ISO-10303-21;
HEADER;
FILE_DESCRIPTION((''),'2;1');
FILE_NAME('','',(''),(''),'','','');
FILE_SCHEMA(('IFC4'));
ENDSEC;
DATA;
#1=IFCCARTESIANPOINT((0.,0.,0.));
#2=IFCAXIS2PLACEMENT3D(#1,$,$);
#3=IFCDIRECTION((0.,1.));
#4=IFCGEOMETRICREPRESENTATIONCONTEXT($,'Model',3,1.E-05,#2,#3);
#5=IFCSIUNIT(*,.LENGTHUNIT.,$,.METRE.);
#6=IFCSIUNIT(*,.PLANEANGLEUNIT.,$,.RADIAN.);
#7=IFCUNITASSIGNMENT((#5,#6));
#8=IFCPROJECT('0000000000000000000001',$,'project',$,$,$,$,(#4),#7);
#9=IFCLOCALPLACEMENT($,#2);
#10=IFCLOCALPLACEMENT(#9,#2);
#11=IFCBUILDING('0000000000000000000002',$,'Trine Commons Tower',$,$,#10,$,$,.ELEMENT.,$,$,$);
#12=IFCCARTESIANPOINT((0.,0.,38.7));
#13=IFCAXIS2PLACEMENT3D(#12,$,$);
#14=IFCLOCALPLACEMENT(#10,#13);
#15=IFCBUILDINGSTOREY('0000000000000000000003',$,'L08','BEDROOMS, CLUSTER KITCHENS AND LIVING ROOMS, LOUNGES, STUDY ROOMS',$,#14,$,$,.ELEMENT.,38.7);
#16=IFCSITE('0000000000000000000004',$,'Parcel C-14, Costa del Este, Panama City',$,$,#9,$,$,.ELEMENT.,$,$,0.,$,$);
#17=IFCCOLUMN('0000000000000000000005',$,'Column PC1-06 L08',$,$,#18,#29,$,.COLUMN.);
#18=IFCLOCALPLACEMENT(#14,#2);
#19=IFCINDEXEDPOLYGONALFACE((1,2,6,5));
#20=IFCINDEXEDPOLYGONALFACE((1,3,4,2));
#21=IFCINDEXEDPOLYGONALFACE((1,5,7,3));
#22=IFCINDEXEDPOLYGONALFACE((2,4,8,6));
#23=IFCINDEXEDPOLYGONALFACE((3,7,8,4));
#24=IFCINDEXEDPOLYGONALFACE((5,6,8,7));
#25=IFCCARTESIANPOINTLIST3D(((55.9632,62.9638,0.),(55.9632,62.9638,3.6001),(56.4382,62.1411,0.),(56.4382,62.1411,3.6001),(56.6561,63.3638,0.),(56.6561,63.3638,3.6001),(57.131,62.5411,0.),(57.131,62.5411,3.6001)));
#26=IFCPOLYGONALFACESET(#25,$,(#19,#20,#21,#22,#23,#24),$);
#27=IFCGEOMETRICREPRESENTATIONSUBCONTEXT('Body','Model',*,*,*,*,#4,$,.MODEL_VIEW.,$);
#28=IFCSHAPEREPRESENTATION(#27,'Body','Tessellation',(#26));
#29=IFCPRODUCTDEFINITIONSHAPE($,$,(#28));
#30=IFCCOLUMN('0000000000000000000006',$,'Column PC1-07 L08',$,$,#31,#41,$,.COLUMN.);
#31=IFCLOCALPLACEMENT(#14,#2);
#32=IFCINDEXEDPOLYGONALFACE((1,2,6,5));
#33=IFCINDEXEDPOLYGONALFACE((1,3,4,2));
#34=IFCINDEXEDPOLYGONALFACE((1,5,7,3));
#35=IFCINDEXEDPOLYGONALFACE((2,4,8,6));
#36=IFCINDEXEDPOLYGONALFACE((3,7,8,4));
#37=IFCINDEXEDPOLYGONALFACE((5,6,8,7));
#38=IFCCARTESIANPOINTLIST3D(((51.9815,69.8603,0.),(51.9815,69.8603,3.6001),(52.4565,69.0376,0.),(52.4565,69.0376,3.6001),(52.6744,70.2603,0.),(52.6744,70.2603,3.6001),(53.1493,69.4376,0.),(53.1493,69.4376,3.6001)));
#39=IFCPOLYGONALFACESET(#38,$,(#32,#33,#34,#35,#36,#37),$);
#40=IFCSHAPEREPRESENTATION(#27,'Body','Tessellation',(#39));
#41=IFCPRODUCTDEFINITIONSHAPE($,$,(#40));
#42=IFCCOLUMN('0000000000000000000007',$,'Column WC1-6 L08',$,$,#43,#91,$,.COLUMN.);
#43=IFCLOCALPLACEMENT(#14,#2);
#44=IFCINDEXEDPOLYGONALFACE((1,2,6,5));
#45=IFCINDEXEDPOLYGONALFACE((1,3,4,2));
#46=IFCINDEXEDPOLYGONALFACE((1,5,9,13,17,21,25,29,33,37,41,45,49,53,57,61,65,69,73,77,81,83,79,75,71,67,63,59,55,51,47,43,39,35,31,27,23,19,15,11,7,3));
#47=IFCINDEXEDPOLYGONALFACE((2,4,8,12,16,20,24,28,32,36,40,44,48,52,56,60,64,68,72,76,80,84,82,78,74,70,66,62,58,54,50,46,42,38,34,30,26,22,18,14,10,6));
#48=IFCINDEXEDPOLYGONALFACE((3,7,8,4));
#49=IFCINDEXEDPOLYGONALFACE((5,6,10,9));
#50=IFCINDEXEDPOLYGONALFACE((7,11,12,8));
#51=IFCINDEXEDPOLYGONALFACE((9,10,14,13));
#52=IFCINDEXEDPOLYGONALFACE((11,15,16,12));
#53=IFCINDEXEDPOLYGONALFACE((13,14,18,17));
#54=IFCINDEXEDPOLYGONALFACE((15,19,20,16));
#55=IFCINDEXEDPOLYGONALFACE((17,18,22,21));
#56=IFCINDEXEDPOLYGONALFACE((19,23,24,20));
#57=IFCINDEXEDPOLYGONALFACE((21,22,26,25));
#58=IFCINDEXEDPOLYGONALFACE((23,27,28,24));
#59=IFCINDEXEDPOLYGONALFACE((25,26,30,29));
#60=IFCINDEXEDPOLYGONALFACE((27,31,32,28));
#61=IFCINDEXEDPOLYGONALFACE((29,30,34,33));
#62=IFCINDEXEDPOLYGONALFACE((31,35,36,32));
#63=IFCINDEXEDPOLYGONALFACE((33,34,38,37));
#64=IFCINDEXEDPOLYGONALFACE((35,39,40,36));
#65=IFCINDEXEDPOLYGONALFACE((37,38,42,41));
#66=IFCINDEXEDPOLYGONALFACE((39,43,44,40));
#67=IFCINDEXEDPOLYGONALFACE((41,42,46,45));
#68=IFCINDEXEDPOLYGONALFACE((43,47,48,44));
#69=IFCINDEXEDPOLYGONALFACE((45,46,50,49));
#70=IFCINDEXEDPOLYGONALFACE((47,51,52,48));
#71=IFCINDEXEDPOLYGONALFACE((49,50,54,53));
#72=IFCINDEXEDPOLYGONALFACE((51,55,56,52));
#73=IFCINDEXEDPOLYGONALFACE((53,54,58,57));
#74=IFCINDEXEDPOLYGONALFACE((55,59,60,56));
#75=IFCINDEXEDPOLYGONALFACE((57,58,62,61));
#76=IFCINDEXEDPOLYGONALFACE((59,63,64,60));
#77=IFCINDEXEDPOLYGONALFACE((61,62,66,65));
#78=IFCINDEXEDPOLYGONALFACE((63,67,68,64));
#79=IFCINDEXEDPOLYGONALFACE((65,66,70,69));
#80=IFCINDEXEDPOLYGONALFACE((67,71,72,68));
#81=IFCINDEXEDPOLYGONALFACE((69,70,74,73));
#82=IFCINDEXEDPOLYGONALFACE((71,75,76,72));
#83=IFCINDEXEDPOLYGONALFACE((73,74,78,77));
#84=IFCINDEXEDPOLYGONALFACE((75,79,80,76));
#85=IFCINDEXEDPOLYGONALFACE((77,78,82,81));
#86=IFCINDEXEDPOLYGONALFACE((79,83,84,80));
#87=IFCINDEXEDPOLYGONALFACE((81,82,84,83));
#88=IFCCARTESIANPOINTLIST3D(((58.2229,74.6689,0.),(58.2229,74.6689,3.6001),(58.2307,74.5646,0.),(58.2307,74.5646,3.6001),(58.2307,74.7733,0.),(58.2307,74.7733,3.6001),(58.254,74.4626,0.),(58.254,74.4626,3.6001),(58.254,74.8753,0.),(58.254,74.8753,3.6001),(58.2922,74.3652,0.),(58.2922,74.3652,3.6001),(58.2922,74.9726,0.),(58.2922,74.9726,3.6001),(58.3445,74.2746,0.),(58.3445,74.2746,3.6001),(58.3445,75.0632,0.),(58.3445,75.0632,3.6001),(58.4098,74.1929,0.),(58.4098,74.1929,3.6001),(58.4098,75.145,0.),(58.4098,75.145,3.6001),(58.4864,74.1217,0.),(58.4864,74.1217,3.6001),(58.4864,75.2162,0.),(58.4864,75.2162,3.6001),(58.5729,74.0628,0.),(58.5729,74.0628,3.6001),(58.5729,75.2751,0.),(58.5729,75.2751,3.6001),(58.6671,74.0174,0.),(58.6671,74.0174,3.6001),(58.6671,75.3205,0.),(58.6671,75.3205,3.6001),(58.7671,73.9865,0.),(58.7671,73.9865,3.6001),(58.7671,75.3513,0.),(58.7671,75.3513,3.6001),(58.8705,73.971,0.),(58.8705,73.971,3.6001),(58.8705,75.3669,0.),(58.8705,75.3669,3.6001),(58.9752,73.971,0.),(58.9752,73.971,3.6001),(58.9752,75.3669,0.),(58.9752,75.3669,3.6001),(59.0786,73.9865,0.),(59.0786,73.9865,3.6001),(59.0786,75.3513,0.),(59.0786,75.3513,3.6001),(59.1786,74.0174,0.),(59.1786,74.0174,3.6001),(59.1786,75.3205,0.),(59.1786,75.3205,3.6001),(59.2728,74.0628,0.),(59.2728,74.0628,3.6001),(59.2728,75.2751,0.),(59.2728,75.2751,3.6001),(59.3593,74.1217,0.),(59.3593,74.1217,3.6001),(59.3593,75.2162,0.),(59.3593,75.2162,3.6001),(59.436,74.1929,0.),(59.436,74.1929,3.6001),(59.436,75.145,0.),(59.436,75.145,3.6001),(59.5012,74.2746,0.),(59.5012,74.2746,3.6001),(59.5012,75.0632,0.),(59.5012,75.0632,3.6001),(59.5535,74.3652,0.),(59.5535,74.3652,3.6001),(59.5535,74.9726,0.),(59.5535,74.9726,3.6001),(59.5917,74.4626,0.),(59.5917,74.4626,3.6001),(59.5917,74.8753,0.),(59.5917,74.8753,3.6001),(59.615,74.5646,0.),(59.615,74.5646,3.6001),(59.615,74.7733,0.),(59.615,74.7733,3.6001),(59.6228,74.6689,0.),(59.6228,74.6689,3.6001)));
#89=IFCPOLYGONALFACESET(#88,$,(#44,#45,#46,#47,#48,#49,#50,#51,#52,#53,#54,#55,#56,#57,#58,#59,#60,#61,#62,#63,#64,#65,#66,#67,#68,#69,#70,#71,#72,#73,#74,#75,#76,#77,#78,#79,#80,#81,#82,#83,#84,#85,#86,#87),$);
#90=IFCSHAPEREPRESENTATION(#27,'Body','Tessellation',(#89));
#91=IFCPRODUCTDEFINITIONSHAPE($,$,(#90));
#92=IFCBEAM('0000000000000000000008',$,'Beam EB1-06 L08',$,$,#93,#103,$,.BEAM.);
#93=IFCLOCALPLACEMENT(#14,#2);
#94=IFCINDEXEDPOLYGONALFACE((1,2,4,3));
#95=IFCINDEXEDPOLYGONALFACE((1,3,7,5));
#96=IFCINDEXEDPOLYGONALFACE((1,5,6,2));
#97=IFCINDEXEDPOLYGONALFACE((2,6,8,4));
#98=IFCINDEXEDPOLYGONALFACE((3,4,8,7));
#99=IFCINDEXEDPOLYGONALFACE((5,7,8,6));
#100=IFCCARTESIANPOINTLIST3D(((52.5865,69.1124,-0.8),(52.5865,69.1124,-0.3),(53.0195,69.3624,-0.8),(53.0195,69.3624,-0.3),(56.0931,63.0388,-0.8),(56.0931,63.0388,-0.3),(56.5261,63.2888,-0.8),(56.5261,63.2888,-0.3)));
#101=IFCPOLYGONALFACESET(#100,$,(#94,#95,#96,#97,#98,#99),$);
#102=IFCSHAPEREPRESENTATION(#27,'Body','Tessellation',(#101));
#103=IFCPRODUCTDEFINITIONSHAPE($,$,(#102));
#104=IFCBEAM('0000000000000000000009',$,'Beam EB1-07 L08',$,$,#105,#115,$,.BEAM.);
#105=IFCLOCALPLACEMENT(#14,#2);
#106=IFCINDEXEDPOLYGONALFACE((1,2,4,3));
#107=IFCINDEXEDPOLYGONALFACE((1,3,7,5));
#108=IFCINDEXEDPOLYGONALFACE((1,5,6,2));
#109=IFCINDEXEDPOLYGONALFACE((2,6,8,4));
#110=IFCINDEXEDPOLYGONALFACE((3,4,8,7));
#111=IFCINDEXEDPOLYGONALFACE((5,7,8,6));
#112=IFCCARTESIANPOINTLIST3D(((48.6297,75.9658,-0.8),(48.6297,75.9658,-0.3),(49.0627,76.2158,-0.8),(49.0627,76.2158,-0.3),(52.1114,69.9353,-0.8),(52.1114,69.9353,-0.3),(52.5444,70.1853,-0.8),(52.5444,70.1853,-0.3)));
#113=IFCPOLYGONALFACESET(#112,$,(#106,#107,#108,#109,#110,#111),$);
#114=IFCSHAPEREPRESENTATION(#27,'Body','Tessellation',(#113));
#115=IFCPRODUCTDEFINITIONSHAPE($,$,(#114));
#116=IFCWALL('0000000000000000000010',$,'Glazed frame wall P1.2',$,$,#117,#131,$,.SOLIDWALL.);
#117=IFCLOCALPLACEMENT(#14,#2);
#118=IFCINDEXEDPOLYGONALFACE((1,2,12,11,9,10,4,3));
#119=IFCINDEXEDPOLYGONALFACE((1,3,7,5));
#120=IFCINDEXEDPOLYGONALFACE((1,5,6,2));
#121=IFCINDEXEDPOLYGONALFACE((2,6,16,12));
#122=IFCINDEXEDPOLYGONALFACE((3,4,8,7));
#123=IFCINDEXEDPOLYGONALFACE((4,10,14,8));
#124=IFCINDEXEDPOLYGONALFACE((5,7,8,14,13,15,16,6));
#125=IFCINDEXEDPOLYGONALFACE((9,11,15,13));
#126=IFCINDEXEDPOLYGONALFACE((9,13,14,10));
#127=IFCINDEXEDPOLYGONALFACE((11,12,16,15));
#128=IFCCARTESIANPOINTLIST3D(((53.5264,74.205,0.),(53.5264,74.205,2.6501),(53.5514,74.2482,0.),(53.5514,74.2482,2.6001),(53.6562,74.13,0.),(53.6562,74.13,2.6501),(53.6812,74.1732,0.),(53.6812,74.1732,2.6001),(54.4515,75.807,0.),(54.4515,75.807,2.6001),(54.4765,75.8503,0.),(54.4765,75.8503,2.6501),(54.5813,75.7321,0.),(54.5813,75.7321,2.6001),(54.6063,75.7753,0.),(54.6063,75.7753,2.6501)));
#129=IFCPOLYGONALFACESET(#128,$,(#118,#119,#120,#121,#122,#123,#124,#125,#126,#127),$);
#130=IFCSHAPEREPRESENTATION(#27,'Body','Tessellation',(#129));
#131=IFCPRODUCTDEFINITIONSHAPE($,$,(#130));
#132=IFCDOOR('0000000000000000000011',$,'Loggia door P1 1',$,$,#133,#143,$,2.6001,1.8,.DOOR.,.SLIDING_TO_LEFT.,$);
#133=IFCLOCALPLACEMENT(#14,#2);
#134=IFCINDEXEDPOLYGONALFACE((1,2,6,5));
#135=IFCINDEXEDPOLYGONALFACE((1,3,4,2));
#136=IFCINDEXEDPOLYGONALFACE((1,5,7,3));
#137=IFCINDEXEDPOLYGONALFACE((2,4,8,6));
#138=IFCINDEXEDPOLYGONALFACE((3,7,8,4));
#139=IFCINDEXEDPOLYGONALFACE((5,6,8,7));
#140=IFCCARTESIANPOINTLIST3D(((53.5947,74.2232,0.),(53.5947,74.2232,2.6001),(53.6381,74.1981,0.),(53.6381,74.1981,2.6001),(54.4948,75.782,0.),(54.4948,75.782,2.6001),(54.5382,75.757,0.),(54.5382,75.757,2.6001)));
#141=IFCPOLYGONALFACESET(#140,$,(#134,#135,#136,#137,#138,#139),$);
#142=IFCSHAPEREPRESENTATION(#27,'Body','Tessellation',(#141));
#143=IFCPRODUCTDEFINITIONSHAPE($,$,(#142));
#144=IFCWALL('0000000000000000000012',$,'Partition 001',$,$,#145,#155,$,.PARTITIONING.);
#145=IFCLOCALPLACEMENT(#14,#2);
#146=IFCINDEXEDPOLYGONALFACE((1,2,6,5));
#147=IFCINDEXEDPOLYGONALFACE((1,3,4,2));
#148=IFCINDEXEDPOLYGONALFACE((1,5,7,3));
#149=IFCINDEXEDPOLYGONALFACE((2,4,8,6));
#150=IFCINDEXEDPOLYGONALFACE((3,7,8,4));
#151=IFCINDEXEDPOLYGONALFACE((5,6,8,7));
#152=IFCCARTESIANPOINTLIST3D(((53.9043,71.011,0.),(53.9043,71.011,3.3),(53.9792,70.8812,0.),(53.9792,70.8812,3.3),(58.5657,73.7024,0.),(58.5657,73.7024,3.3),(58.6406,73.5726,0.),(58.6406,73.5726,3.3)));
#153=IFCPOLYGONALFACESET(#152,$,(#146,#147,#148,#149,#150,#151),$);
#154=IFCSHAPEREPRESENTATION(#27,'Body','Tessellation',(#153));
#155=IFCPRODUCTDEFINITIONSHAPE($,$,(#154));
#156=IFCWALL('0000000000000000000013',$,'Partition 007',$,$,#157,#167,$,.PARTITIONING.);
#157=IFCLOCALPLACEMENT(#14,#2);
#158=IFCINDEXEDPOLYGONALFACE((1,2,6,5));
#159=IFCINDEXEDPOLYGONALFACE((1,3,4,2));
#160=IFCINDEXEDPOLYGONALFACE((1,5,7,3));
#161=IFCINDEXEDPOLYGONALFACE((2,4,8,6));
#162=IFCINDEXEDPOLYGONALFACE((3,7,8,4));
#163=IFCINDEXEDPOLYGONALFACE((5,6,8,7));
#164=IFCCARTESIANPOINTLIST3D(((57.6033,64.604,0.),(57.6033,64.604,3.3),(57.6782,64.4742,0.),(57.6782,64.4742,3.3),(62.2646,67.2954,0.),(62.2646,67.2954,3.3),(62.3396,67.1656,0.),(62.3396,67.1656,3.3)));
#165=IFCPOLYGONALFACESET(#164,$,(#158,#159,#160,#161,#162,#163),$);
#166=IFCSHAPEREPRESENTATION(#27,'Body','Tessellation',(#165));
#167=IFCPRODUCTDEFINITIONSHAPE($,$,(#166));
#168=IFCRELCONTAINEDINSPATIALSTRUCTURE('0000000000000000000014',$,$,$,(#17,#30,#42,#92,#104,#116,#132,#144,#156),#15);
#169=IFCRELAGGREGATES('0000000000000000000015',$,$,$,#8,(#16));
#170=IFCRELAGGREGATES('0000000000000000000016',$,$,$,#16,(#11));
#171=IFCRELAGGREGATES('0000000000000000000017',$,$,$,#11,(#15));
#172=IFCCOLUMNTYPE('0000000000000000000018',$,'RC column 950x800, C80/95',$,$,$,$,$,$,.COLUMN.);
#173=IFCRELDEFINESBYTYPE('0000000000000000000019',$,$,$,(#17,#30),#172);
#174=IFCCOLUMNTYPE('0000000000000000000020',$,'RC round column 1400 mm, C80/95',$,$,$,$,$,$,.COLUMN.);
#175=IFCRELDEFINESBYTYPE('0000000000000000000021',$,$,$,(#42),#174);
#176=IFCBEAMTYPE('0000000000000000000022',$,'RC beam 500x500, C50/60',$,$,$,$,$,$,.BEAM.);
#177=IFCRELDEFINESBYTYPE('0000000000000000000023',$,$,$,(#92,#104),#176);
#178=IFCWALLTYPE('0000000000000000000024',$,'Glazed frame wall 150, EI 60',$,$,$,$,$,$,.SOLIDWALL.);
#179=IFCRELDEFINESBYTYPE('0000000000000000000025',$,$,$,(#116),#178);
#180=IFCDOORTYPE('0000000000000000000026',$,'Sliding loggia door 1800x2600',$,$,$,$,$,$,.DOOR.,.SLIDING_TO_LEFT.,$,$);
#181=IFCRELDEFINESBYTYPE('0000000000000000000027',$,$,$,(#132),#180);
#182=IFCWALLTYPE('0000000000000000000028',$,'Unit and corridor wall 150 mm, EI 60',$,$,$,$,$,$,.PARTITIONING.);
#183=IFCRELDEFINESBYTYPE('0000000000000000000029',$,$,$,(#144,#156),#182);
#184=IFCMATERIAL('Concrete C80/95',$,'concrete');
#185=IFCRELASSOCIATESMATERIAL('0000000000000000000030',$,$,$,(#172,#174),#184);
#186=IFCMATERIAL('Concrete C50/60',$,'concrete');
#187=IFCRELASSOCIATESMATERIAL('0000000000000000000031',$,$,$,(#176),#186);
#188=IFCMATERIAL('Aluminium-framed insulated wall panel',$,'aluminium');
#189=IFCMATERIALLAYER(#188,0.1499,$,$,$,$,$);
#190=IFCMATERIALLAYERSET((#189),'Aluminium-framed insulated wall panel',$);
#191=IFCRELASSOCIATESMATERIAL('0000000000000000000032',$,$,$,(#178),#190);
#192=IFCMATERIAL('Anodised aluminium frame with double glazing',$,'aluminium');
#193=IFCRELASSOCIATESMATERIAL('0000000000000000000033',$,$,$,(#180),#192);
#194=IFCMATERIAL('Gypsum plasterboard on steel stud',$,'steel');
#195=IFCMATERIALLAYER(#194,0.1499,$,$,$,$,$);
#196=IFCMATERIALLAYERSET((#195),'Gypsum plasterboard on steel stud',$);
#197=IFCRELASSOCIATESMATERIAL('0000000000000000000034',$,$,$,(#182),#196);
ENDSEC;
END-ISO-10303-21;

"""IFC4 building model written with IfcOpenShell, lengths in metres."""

from ifc_helpers import new_model, si_unit, direction, frame, frame_2d, origin, origin_2d, place, context, subcontext, project, spatial, polyline, rectangle, circle, outline, extrude, material, layer, layer_set, material_profile, profile_set, type_object, element, fill, save


model = new_model("IFC4")

# Units and contexts
model_context = context("Model", 3, precision=1e-05, world=origin(), true_north=direction((0.0, 1.0)))
body_context = subcontext(model_context, "Body", "Model", "MODEL_VIEW")
ifc_project = project(units=[si_unit("LENGTHUNIT", "METRE"), si_unit("PLANEANGLEUNIT", "RADIAN")], contexts=[model_context])

# Site, building, storey
site_placement = place(None, origin())
site = spatial("IfcSite", under=ifc_project, at=site_placement, Name="Parcel C-14, Costa del Este, Panama City", CompositionType="ELEMENT", RefElevation=0.0)
building_placement = place(site_placement, origin())
building = spatial("IfcBuilding", under=site, at=building_placement, Name="Trine Commons Tower", CompositionType="ELEMENT")
storey_placement = place(building_placement, frame((0.0, 0.0, 38.7)))
storey = spatial("IfcBuildingStorey", under=building, at=storey_placement, Name="L08", Description="BEDROOMS, CLUSTER KITCHENS AND LIVING ROOMS, LOUNGES, STUDY ROOMS", CompositionType="ELEMENT", Elevation=38.7)

# Columns
ifc_material_1 = material(Name="Concrete C80/95", Category="concrete")
ifc_material_profile_1 = material_profile(ifc_material_1, rectangle(XDim=0.95, YDim=0.8, at=origin_2d()), Name="RC 950x800")
ifc_profile_set_1 = profile_set([ifc_material_profile_1], Name="Concrete C80/95")
column_type_1 = type_object("IfcColumnType", Name="RC column 950x800, C80/95", PredefinedType="COLUMN", material=ifc_profile_set_1)
for number, where, z_axis, x_axis, name in (
    (1, (56.5471, 62.7524, 0.0), (0.0, 0.0, 1.0), (-0.5, 0.866025, 0.0), "Column PC1-06 L08"),
    (2, (52.5654, 69.6489, 0.0), (0.0, 0.0, 1.0), (-0.5, 0.866025, 0.0), "Column PC1-07 L08"),
):
    element("IfcColumn", number, at=place(storey_placement, frame(where, z_axis=z_axis, x_axis=x_axis)), inside=storey, type_object=column_type_1, Name=name, PredefinedType="COLUMN", context=body_context, shape_type="SweptSolid", body=[
        extrude(rectangle(XDim=0.95, YDim=0.8, at=origin_2d()), origin(), (0.0, 0.0, 1.0), 3.6001),
    ])
ifc_material_profile_2 = material_profile(ifc_material_1, circle(Radius=0.7, at=origin_2d()), Name="RC round 1400")
ifc_profile_set_2 = profile_set([ifc_material_profile_2], Name="Concrete C80/95")
column_type_2 = type_object("IfcColumnType", Name="RC round column 1400 mm, C80/95", PredefinedType="COLUMN", material=ifc_profile_set_2)
column_placement = place(storey_placement, frame((58.9229, 74.6689, 0.0), z_axis=(0.0, 0.0, 1.0), x_axis=(1.0, 0.0, 0.0)))
element("IfcColumn", 3, at=column_placement, inside=storey, type_object=column_type_2, Name="Column WC1-6 L08", PredefinedType="COLUMN", context=body_context, shape_type="SweptSolid", body=[
    extrude(circle(Radius=0.7, at=origin_2d()), origin(), (0.0, 0.0, 1.0), 3.6001),
])

# Beams
ifc_material_2 = material(Name="Concrete C50/60", Category="concrete")
ifc_material_profile_3 = material_profile(ifc_material_2, rectangle(XDim=0.5, YDim=0.5, at=origin_2d()), Name="RC 500x500")
ifc_profile_set_3 = profile_set([ifc_material_profile_3], Name="Concrete C50/60")
beam_type = type_object("IfcBeamType", Name="RC beam 500x500, C50/60", PredefinedType="BEAM", material=ifc_profile_set_3)
beam_1_placement = place(storey_placement, frame((56.3096, 63.1638, -0.55), z_axis=(-0.499992, 0.86603, 0.0), x_axis=(-0.86603, -0.499992, 0.0)))
element("IfcBeam", 4, at=beam_1_placement, inside=storey, type_object=beam_type, Name="Beam EB1-06 L08", PredefinedType="BEAM", context=body_context, shape_type="SweptSolid", body=[
    extrude(rectangle(XDim=0.5, YDim=0.5, at=origin_2d()), origin(), (0.0, 0.0, 1.0), 7.0132),
])
beam_2_placement = place(storey_placement, frame((52.3279, 70.0603, -0.55), z_axis=(-0.499997, 0.866027, 0.0), x_axis=(-0.866027, -0.499997, 0.0)))
element("IfcBeam", 5, at=beam_2_placement, inside=storey, type_object=beam_type, Name="Beam EB1-07 L08", PredefinedType="BEAM", context=body_context, shape_type="SweptSolid", body=[
    extrude(rectangle(XDim=0.5, YDim=0.5, at=origin_2d()), origin(), (0.0, 0.0, 1.0), 6.9634),
])

# Shared definitions
ifc_material_3 = material(Name="Aluminium-framed insulated wall panel", Category="aluminium")
ifc_layer_1 = layer(ifc_material_3, 0.1499)
ifc_layer_set_1 = layer_set([ifc_layer_1], Name="Aluminium-framed insulated wall panel")
wall_type_1 = type_object("IfcWallType", Name="Glazed frame wall 150, EI 60", PredefinedType="SOLIDWALL", material=ifc_layer_set_1)

# Wall, opening, door
wall_1_placement = place(storey_placement, frame((53.5913, 74.1675, 0.0), z_axis=(0.0, 0.0, 1.0), x_axis=(0.500064, 0.865989, 0.0)))
wall_1 = element("IfcWall", 6, at=wall_1_placement, inside=storey, type_object=wall_type_1, Name="Glazed frame wall P1.2", PredefinedType="SOLIDWALL", context=body_context, shape_type="SweptSolid", body=[
    extrude(outline(polyline([(0.0, -0.075), (1.8999, -0.075), (1.8999, 0.075), (0.0, 0.075), (0.0, -0.075)])), origin(), (0.0, 0.0, 1.0), 2.6501),
])
opening_1_placement = place(wall_1_placement, frame((0.05, 0.0, 0.0)))
opening_1 = element("IfcOpeningElement", 7, at=opening_1_placement, cuts=wall_1, PredefinedType="OPENING", context=body_context, shape_type="SweptSolid", body=[
    extrude(rectangle(XDim=1.8, YDim=2.6001, at=frame_2d((0.8999, 1.3))), frame((0.0, 0.085, 0.0), z_axis=(0.0, -1.0, 0.0), x_axis=(1.0, 0.0, 0.0)), (0.0, 0.0, 1.0), 0.1699),
])
ifc_material_4 = material(Name="Anodised aluminium frame with double glazing", Category="aluminium")
door_type_1 = type_object("IfcDoorType", Name="Sliding loggia door 1800x2600", OperationType="SLIDING_TO_LEFT", PredefinedType="DOOR", material=ifc_material_4)
door_1_placement = place(opening_1_placement, origin())
door_1 = element("IfcDoor", 8, at=door_1_placement, inside=storey, type_object=door_type_1, Name="Loggia door P1 1", OperationType="SLIDING_TO_LEFT", OverallHeight=2.6001, OverallWidth=1.8, PredefinedType="DOOR", context=body_context, shape_type="SweptSolid", body=[
    extrude(rectangle(XDim=1.8, YDim=2.6001, at=frame_2d((0.8999, 1.3))), frame((0.0, 0.0249, 0.0), z_axis=(0.0, -1.0, 0.0), x_axis=(1.0, 0.0, 0.0)), (0.0, 0.0, 1.0), 0.05),
])
fill(opening_1, door_1)

# Walls
ifc_material_5 = material(Name="Gypsum plasterboard on steel stud", Category="steel")
ifc_layer_2 = layer(ifc_material_5, 0.1499)
ifc_layer_set_2 = layer_set([ifc_layer_2], Name="Gypsum plasterboard on steel stud")
wall_type_2 = type_object("IfcWallType", Name="Unit and corridor wall 150 mm, EI 60", PredefinedType="PARTITIONING", material=ifc_layer_set_2)
for number, where, z_axis, x_axis, name in (
    (9, (53.9417, 70.946, 0.0), (0.0, 0.0, 1.0), (0.866013, 0.500022, 0.0), "Partition 001"),
    (10, (57.6406, 64.5391, 0.0), (0.0, 0.0, 1.0), (0.866013, 0.500022, 0.0), "Partition 007"),
):
    element("IfcWall", number, at=place(storey_placement, frame(where, z_axis=z_axis, x_axis=x_axis)), inside=storey, type_object=wall_type_2, Name=name, PredefinedType="PARTITIONING", context=body_context, shape_type="SweptSolid", body=[
        extrude(rectangle(XDim=5.3826, YDim=0.1499, at=frame_2d((2.6914, 0.0))), origin(), (0.0, 0.0, 1.0), 3.3),
    ])

save(model, "model.ifc")
